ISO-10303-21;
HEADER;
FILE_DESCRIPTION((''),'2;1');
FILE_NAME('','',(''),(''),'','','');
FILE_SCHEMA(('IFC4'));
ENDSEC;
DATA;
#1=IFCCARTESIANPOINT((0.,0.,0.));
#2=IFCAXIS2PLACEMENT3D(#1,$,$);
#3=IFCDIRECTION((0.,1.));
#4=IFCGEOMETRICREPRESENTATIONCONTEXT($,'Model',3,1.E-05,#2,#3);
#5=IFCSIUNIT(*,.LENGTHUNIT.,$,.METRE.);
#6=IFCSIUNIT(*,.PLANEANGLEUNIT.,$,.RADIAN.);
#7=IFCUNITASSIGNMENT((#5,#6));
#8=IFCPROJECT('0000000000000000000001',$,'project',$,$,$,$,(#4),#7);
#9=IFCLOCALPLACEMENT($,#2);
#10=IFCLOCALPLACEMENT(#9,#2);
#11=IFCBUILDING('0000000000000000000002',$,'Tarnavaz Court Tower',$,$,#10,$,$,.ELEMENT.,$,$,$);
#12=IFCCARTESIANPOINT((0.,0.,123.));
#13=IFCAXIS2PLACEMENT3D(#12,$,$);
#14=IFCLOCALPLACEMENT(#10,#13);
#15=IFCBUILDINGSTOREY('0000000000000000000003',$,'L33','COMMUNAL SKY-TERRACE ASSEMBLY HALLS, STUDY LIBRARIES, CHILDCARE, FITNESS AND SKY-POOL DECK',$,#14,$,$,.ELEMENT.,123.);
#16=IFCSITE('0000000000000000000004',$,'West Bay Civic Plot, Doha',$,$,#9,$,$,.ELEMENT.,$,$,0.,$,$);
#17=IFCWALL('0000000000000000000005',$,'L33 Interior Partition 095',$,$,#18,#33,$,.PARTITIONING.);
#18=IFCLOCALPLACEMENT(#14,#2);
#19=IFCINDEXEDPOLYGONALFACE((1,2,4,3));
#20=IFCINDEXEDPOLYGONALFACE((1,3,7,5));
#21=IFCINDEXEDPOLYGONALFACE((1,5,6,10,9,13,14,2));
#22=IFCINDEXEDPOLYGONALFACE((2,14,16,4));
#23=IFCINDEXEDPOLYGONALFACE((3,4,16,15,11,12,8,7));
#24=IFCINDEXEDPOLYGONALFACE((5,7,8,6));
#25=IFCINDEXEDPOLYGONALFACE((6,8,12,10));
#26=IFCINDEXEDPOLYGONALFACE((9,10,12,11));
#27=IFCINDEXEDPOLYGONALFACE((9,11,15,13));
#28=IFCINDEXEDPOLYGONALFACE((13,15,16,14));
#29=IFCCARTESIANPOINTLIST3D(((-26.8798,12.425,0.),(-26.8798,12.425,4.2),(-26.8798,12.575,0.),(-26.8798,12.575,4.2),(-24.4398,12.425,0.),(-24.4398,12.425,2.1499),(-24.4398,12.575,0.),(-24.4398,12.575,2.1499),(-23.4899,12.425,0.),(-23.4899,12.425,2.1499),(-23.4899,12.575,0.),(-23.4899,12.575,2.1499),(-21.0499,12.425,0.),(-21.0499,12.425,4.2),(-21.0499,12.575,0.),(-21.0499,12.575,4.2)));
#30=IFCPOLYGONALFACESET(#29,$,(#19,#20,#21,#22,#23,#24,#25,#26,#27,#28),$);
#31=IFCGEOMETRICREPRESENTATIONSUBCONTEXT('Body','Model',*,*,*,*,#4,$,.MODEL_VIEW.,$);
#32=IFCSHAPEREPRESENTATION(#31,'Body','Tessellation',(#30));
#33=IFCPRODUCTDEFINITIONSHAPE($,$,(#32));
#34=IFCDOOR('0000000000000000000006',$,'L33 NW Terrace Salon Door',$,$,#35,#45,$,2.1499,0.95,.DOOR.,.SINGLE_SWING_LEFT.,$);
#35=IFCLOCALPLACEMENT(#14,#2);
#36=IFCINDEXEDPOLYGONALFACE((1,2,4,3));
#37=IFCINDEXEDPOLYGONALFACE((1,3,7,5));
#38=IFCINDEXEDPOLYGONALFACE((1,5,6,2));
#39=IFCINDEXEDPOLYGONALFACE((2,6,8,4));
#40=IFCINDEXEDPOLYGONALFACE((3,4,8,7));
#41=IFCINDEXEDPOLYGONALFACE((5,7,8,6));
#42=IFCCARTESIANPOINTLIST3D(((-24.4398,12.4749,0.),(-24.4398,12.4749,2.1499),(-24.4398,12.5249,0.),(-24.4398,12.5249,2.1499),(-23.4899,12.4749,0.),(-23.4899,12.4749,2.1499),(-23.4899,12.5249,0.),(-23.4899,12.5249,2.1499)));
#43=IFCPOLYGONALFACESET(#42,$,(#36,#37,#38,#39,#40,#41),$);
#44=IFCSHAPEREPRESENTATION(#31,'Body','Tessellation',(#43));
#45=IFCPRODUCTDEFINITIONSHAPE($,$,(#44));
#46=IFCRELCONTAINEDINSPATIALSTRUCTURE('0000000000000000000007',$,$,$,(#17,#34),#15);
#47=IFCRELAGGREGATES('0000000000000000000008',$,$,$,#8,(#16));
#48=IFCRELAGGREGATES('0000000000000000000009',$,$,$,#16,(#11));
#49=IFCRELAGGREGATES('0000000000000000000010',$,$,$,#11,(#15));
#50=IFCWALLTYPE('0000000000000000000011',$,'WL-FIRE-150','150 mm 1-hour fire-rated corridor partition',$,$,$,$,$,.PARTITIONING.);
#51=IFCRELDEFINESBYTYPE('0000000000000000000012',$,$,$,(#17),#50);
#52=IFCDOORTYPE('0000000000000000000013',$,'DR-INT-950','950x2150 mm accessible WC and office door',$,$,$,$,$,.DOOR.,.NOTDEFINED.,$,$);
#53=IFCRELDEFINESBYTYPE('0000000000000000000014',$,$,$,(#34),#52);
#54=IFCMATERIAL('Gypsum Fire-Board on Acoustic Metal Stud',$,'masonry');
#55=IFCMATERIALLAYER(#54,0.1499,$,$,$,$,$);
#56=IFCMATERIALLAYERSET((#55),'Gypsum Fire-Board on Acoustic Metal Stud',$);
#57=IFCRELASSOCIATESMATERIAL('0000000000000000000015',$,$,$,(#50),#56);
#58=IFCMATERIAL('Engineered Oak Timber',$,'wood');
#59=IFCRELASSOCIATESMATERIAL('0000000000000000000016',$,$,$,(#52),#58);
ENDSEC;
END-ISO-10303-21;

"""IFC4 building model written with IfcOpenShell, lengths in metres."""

from ifc_helpers import new_model, si_unit, direction, frame, frame_2d, origin, place, context, subcontext, project, spatial, rectangle, extrude, material, layer, layer_set, type_object, element, fill, save


model = new_model("IFC4")

# Units and contexts
model_context = context("Model", 3, precision=1e-05, world=origin(), true_north=direction((0.0, 1.0)))
body_context = subcontext(model_context, "Body", "Model", "MODEL_VIEW")
ifc_project = project(units=[si_unit("LENGTHUNIT", "METRE"), si_unit("PLANEANGLEUNIT", "RADIAN")], contexts=[model_context])

# Site, building, storey
site_placement = place(None, origin())
site = spatial("IfcSite", under=ifc_project, at=site_placement, Name="West Bay Civic Plot, Doha", CompositionType="ELEMENT", RefElevation=0.0)
building_placement = place(site_placement, origin())
building = spatial("IfcBuilding", under=site, at=building_placement, Name="Tarnavaz Court Tower", CompositionType="ELEMENT")
storey_placement = place(building_placement, frame((0.0, 0.0, 123.0)))
storey = spatial("IfcBuildingStorey", under=building, at=storey_placement, Name="L33", Description="COMMUNAL SKY-TERRACE ASSEMBLY HALLS, STUDY LIBRARIES, CHILDCARE, FITNESS AND SKY-POOL DECK", CompositionType="ELEMENT", Elevation=123.0)

# Shared definitions
ifc_material_1 = material(Name="Gypsum Fire-Board on Acoustic Metal Stud", Category="masonry")
ifc_layer_1 = layer(ifc_material_1, 0.1499)
ifc_layer_set_1 = layer_set([ifc_layer_1], Name="Gypsum Fire-Board on Acoustic Metal Stud")
wall_type_1 = type_object("IfcWallType", Name="WL-FIRE-150", Description="150 mm 1-hour fire-rated corridor partition", PredefinedType="PARTITIONING", material=ifc_layer_set_1)

# Wall, opening, door
wall_1_placement = place(storey_placement, frame((-26.8799, 12.5, 0.0), z_axis=(0.0, 0.0, 1.0), x_axis=(1.0, 0.0, 0.0)))
wall_1 = element("IfcWall", 1, at=wall_1_placement, inside=storey, type_object=wall_type_1, Name="L33 Interior Partition 095", PredefinedType="PARTITIONING", context=body_context, shape_type="SweptSolid", body=[
    extrude(rectangle(XDim=5.8298, YDim=0.1499, at=frame_2d((2.915, 0.0))), origin(), (0.0, 0.0, 1.0), 4.2),
])
opening_1_placement = place(wall_1_placement, frame((2.4399, 0.0, 0.0)))
opening_1 = element("IfcOpeningElement", 2, at=opening_1_placement, cuts=wall_1, PredefinedType="OPENING", context=body_context, shape_type="SweptSolid", body=[
    extrude(rectangle(XDim=0.95, YDim=2.1499, at=frame_2d((0.4751, 1.075))), frame((0.0, 0.085, 0.0), z_axis=(0.0, -1.0, 0.0), x_axis=(1.0, 0.0, 0.0)), (0.0, 0.0, 1.0), 0.1699),
])
ifc_material_2 = material(Name="Engineered Oak Timber", Category="wood")
door_type_1 = type_object("IfcDoorType", Name="DR-INT-950", Description="950x2150 mm accessible WC and office door", OperationType="NOTDEFINED", PredefinedType="DOOR", material=ifc_material_2)
door_1_placement = place(opening_1_placement, origin())
door_1 = element("IfcDoor", 3, at=door_1_placement, inside=storey, type_object=door_type_1, Name="L33 NW Terrace Salon Door", OperationType="SINGLE_SWING_LEFT", OverallHeight=2.1499, OverallWidth=0.95, PredefinedType="DOOR", context=body_context, shape_type="SweptSolid", body=[
    extrude(rectangle(XDim=0.95, YDim=2.1499, at=frame_2d((0.4751, 1.075))), frame((0.0, 0.0249, 0.0), z_axis=(0.0, -1.0, 0.0), x_axis=(1.0, 0.0, 0.0)), (0.0, 0.0, 1.0), 0.05),
])
fill(opening_1, door_1)

save(model, "model.ifc")
